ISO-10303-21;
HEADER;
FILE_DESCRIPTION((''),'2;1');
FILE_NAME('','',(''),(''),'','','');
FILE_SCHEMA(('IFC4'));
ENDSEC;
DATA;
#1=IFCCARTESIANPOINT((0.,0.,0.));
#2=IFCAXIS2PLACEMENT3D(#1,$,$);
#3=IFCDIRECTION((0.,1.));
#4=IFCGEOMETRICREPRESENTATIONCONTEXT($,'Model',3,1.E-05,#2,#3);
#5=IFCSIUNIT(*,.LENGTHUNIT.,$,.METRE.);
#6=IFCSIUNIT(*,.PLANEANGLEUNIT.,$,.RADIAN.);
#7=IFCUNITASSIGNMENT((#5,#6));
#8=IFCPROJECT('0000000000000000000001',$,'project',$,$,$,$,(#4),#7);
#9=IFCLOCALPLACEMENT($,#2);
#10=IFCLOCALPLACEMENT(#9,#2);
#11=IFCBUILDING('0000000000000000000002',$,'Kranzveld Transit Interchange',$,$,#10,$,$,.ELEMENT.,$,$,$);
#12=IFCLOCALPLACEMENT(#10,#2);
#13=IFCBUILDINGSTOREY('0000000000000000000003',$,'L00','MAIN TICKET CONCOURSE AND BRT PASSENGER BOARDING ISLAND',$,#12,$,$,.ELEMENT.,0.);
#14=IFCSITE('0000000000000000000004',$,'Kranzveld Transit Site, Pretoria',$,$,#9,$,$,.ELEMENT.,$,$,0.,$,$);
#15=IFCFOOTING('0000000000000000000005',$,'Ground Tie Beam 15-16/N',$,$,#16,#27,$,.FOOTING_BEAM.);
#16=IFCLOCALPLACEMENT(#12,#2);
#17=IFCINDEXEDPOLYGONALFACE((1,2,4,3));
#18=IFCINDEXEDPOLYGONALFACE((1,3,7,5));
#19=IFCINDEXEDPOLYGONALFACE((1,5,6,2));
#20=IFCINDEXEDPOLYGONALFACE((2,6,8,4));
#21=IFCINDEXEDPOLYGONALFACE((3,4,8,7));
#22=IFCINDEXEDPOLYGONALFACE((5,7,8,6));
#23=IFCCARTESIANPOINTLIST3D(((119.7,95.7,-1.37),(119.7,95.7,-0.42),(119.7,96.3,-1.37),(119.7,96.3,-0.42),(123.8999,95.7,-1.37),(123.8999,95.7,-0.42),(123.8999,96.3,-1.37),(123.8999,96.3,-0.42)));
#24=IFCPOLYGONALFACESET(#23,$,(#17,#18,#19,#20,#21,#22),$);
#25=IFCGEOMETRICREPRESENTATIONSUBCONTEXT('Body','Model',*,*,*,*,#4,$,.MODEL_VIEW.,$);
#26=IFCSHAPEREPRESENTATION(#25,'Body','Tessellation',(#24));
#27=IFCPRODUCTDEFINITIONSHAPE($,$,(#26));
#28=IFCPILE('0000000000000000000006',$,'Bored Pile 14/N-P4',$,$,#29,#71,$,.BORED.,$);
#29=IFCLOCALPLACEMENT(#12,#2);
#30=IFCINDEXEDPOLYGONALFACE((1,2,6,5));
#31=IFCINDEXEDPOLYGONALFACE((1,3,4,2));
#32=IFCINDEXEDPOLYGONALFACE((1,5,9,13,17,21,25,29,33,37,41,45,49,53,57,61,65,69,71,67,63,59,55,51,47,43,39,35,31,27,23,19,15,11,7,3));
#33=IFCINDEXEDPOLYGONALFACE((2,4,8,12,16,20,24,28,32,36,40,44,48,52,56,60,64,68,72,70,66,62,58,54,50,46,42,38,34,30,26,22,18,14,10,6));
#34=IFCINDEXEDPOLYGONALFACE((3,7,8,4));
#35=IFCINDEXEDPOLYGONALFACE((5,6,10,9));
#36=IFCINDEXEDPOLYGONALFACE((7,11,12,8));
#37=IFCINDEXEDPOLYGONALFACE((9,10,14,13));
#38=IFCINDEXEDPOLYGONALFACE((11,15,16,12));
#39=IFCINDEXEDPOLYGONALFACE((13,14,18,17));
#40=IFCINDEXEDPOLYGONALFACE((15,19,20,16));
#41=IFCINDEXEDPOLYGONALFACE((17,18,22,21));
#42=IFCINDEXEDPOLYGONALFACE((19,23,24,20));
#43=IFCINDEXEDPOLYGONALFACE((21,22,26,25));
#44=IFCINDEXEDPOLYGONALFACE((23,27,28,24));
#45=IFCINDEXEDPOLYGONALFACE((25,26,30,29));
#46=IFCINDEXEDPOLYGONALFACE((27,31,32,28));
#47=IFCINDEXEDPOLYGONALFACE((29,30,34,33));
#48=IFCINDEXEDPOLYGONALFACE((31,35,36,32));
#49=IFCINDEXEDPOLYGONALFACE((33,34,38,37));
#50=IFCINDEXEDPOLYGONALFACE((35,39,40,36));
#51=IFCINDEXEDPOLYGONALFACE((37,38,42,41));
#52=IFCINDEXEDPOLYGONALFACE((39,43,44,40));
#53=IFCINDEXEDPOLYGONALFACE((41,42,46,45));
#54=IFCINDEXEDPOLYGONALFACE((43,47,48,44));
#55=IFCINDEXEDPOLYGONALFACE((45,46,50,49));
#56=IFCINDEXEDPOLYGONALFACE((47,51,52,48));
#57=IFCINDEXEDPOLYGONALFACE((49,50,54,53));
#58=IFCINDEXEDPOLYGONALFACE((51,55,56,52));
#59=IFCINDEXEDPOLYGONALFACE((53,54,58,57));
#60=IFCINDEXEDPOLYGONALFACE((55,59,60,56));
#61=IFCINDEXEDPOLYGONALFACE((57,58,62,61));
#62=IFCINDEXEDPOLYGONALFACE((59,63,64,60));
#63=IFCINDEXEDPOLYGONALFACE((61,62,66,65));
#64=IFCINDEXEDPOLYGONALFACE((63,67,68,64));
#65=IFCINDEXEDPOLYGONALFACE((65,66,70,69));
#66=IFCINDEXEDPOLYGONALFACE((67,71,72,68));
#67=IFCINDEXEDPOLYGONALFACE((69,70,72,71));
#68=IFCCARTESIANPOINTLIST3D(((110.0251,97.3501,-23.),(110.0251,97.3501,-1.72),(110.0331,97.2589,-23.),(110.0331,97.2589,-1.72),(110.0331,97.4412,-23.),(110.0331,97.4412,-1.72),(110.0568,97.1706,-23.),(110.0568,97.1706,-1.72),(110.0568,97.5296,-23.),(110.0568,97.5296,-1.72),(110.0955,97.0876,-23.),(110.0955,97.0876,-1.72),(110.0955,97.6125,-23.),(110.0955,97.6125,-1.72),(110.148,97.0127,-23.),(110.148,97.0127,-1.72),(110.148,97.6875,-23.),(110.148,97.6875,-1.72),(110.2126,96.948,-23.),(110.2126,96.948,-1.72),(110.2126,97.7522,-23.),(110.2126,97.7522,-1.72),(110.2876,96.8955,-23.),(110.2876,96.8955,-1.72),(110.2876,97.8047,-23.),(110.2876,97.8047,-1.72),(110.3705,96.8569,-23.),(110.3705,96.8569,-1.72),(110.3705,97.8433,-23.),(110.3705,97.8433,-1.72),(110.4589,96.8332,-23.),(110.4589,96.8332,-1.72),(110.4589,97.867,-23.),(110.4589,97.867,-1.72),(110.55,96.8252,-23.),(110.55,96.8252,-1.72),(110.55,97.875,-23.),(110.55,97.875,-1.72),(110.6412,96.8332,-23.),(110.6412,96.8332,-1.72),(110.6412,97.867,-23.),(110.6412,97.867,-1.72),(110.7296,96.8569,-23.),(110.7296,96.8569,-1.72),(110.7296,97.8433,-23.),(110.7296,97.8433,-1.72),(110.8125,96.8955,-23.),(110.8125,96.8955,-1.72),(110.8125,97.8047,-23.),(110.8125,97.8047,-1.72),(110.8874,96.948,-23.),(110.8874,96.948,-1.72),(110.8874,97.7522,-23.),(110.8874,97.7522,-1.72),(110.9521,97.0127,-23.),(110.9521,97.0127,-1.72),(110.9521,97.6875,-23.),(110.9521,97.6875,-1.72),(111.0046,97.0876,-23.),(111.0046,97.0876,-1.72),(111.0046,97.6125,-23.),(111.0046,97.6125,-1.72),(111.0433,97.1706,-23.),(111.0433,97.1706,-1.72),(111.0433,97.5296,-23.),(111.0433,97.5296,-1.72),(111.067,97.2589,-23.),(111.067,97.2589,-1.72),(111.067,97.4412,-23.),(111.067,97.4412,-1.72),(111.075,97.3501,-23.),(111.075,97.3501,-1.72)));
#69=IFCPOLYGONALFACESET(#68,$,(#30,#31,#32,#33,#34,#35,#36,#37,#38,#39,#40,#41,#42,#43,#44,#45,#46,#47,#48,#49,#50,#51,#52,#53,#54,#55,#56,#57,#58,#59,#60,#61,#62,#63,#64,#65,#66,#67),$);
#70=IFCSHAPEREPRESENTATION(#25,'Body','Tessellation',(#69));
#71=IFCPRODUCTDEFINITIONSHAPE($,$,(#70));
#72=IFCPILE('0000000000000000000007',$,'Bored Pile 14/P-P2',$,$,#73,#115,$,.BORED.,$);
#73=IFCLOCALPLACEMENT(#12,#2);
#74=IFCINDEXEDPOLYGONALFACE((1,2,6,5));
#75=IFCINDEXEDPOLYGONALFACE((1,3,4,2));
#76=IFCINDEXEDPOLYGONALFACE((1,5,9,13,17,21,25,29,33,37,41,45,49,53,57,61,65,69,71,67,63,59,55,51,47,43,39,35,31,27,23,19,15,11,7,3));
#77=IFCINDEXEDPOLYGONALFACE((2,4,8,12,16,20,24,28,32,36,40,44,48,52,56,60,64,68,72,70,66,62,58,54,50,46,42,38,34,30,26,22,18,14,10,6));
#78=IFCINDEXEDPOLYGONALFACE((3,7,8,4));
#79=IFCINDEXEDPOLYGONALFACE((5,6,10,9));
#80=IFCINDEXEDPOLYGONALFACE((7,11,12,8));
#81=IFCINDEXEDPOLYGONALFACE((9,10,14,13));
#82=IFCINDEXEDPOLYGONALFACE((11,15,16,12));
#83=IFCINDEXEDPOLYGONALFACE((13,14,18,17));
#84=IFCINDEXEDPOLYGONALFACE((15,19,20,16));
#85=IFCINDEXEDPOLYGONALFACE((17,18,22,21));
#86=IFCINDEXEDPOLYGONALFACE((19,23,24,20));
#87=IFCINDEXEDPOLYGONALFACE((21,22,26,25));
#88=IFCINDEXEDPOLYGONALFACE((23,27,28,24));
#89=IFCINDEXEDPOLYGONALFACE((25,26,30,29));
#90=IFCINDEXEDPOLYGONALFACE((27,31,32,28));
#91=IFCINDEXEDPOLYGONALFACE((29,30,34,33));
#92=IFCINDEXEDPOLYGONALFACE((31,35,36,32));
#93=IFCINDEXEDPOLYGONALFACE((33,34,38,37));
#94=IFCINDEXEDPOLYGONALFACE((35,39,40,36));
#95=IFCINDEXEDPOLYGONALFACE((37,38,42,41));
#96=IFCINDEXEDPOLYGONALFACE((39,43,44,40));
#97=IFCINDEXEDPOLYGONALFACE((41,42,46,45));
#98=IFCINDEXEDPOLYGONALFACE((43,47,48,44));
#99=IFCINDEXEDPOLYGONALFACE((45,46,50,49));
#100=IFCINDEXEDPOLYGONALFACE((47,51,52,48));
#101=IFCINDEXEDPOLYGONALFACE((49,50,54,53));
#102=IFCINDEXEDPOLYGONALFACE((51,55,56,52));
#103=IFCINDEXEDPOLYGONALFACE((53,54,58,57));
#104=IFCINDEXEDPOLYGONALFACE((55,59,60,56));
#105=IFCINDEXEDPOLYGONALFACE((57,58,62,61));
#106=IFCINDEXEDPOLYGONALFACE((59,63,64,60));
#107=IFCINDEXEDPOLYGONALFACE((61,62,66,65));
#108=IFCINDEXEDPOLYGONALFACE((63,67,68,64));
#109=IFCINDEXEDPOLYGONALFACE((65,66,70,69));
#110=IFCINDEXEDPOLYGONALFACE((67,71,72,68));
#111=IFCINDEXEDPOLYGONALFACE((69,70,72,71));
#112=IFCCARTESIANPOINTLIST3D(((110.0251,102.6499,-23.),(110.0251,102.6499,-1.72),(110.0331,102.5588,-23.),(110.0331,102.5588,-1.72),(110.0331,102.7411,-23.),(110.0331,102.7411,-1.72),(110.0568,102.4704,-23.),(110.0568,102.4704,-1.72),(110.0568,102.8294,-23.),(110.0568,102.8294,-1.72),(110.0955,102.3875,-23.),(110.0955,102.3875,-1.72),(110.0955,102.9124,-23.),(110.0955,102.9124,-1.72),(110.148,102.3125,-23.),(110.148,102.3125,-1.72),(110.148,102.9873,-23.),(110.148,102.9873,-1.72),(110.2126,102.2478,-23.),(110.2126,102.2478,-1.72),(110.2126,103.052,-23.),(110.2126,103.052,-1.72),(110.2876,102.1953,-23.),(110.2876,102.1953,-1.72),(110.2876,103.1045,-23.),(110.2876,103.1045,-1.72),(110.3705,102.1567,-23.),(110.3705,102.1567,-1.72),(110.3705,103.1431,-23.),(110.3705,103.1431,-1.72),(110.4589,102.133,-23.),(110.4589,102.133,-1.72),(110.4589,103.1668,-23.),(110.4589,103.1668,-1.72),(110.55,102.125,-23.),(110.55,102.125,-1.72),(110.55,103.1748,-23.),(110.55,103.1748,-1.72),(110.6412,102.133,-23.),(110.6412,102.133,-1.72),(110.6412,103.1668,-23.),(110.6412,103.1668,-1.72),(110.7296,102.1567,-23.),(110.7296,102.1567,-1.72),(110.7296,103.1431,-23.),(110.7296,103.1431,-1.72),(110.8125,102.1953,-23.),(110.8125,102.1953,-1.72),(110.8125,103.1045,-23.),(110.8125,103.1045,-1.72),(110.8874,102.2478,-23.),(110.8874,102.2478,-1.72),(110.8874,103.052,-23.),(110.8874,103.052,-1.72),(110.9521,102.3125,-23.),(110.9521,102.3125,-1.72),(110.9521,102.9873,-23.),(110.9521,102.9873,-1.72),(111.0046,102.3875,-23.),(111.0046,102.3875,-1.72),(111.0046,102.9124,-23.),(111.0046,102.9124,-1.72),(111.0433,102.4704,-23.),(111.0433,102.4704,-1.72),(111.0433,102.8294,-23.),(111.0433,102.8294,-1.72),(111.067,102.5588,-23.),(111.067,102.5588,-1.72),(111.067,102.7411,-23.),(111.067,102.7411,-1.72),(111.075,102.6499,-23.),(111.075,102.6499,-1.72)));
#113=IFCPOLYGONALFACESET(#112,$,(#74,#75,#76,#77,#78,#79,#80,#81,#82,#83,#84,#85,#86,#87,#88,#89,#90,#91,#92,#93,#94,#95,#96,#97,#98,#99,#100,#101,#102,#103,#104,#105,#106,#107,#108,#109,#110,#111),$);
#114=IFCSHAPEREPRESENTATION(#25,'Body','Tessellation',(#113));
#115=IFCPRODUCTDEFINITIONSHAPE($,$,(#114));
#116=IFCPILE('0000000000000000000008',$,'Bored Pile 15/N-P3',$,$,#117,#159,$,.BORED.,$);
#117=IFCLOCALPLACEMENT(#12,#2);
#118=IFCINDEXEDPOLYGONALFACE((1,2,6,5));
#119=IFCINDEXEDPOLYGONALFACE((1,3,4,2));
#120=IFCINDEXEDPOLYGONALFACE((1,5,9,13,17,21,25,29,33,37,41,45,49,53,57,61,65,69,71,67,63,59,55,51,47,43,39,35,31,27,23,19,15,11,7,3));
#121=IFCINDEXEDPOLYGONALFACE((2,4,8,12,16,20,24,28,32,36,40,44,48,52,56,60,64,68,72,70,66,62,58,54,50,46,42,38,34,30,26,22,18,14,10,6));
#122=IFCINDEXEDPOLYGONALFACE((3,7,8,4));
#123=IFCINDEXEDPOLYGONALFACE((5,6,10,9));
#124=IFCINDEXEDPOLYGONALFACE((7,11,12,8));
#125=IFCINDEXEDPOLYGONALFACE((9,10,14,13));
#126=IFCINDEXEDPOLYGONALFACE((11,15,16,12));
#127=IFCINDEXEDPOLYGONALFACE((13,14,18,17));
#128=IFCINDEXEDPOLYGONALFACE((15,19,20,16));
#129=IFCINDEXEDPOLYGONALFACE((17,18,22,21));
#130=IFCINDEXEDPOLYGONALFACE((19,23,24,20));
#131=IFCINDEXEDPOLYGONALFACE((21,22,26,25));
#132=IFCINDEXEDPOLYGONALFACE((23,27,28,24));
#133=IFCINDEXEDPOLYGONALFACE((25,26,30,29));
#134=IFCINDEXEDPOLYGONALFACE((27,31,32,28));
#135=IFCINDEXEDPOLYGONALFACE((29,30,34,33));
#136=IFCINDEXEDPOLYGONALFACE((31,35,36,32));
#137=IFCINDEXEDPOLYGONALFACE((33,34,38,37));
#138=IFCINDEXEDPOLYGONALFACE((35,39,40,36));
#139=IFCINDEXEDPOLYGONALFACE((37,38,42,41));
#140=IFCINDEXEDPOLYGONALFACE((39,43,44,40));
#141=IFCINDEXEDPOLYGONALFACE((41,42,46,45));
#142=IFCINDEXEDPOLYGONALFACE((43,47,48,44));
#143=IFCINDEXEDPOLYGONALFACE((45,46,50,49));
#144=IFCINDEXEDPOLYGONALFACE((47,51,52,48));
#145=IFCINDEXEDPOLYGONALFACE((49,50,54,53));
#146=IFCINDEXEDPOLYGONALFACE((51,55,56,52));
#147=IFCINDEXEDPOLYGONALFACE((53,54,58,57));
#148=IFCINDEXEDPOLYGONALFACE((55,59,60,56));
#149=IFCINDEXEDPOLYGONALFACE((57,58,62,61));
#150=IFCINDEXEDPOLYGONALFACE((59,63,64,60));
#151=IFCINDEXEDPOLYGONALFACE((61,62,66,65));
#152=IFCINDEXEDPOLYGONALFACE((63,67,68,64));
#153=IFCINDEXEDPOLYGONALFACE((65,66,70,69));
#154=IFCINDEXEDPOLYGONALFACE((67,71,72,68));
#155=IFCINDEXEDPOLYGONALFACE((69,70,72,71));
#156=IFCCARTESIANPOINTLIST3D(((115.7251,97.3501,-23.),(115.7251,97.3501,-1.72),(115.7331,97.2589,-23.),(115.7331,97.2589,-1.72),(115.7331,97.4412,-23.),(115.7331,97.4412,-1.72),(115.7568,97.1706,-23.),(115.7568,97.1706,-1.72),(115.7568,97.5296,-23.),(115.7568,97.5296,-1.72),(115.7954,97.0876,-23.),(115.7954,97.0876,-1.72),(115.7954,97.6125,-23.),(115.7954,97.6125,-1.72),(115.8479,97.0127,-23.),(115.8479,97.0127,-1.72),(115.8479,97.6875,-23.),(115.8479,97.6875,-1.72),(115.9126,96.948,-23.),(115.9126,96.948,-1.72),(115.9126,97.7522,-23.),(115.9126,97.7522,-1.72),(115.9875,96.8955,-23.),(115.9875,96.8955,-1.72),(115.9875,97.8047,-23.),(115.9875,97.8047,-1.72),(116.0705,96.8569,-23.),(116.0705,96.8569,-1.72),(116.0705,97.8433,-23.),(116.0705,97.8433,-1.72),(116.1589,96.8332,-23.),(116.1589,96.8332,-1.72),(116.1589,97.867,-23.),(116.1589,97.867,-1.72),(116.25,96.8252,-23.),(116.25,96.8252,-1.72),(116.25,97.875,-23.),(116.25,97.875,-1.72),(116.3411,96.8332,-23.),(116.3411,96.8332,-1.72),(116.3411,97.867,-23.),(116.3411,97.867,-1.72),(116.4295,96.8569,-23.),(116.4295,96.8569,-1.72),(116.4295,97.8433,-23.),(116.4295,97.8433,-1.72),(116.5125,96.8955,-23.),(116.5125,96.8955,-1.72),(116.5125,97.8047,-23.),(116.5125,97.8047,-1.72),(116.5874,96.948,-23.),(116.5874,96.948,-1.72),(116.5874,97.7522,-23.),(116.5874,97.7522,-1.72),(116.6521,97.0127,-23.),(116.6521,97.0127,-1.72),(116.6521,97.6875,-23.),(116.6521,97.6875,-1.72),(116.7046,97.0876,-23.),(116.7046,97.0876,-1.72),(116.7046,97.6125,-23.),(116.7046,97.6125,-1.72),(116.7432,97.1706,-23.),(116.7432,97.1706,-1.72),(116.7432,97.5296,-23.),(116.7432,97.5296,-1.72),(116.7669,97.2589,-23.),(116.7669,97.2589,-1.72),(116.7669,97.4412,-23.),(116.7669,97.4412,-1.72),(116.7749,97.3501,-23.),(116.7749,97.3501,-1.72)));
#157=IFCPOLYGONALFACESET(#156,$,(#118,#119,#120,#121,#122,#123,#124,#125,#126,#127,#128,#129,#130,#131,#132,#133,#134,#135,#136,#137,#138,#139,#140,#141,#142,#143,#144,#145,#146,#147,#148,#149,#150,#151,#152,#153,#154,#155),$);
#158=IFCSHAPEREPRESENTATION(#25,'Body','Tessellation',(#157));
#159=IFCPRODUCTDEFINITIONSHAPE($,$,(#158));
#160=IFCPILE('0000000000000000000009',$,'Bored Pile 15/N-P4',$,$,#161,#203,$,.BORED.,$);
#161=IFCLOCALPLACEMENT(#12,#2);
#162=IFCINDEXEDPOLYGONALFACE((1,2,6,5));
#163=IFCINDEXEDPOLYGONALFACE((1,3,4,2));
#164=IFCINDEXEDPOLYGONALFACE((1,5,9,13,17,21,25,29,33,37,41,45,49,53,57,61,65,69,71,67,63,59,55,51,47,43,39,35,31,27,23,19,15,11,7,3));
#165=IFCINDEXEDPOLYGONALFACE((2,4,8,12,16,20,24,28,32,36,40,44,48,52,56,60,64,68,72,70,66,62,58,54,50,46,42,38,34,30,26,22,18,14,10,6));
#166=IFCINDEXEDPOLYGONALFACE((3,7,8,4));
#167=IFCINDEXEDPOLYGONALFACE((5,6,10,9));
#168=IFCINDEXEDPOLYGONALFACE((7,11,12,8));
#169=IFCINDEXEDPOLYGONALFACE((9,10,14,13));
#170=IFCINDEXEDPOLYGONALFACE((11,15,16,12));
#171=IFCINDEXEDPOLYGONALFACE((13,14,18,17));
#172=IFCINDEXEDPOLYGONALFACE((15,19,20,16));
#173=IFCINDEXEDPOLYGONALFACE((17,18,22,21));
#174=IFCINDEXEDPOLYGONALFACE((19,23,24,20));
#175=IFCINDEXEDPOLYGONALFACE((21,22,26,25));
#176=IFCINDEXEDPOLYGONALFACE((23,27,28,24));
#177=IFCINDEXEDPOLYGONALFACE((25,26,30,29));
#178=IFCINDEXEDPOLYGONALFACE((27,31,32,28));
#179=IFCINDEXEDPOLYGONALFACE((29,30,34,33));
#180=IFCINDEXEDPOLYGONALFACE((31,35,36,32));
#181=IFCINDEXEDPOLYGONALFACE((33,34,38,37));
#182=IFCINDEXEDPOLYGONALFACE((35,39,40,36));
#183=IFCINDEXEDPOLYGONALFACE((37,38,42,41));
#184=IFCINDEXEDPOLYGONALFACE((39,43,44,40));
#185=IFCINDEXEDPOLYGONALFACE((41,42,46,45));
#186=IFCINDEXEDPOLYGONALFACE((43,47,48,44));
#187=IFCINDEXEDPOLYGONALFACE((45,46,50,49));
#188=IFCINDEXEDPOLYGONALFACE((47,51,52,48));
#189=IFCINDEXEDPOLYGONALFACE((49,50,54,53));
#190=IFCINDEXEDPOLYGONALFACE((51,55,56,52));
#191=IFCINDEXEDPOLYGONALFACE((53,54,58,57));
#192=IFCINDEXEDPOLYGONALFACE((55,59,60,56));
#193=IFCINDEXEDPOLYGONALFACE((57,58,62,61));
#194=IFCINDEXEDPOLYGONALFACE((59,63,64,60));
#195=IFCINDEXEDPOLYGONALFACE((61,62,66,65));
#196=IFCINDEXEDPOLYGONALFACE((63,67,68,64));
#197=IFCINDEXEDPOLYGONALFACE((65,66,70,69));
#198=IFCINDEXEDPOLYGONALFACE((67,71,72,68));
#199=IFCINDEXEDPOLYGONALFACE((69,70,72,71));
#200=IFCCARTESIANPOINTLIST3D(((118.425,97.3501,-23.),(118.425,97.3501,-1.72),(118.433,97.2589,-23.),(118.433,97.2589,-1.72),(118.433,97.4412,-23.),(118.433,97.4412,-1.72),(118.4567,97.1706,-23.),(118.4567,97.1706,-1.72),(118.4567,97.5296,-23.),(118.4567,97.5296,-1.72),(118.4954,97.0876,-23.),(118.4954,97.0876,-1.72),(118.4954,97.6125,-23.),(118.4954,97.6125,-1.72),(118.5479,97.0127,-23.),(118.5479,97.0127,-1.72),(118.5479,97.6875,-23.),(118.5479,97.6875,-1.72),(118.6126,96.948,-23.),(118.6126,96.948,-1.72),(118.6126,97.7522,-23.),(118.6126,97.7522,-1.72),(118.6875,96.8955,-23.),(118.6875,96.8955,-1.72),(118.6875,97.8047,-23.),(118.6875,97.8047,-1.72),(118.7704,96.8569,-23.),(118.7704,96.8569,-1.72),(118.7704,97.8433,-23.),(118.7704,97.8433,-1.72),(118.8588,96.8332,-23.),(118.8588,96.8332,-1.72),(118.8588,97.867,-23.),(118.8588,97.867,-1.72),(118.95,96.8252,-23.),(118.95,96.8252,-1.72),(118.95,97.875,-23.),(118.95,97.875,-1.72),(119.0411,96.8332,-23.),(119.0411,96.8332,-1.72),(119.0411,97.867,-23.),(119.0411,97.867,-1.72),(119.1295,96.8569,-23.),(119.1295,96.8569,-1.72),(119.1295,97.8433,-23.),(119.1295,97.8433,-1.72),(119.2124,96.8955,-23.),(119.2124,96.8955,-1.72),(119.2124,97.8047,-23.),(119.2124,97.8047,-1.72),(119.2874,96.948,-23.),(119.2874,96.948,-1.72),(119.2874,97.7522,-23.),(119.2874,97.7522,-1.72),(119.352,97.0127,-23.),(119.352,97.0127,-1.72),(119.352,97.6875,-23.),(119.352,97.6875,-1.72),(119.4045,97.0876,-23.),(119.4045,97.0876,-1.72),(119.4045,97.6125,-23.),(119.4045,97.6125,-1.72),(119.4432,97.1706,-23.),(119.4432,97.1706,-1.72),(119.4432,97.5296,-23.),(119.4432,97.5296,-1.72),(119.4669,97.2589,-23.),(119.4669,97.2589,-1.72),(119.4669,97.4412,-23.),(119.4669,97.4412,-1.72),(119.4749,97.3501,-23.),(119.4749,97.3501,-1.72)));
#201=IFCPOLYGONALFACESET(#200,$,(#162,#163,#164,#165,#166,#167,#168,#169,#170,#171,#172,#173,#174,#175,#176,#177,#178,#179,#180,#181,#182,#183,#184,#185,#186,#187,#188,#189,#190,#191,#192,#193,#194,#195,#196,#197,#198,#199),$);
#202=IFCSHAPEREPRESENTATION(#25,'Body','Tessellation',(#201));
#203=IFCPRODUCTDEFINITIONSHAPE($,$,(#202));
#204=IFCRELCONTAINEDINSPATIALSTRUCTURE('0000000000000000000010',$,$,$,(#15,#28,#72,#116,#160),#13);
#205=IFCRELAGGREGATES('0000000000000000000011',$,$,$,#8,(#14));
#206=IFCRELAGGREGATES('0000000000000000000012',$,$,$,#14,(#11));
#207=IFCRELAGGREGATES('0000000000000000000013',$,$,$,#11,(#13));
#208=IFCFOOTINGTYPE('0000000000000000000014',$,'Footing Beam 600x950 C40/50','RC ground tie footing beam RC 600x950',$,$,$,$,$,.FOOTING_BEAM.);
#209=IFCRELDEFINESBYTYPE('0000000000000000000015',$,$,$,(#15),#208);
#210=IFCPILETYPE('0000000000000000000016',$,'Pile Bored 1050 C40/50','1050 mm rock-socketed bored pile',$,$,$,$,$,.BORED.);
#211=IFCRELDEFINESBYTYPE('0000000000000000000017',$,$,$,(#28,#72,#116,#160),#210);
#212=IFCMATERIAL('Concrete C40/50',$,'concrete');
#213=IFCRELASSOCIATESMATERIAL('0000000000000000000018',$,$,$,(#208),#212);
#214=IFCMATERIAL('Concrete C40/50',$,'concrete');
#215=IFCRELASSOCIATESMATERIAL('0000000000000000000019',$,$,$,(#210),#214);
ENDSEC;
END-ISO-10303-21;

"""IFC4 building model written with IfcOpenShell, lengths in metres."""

from ifc_helpers import new_model, si_unit, direction, frame, origin, origin_2d, place, context, subcontext, project, spatial, rectangle, circle, extrude, material, material_profile, profile_set, type_object, element, save


model = new_model("IFC4")

# Units and contexts
model_context = context("Model", 3, precision=1e-05, world=origin(), true_north=direction((0.0, 1.0)))
body_context = subcontext(model_context, "Body", "Model", "MODEL_VIEW")
ifc_project = project(units=[si_unit("LENGTHUNIT", "METRE"), si_unit("PLANEANGLEUNIT", "RADIAN")], contexts=[model_context])

# Site, building, storey
site_placement = place(None, origin())
site = spatial("IfcSite", under=ifc_project, at=site_placement, Name="Kranzveld Transit Site, Pretoria", CompositionType="ELEMENT", RefElevation=0.0)
building_placement = place(site_placement, origin())
building = spatial("IfcBuilding", under=site, at=building_placement, Name="Kranzveld Transit Interchange", CompositionType="ELEMENT")
storey_placement = place(building_placement, origin())
storey = spatial("IfcBuildingStorey", under=building, at=storey_placement, Name="L00", Description="MAIN TICKET CONCOURSE AND BRT PASSENGER BOARDING ISLAND", CompositionType="ELEMENT", Elevation=0.0)

# Footing
ifc_material_1 = material(Name="Concrete C40/50", Category="concrete")
ifc_material_profile_1 = material_profile(ifc_material_1, rectangle(XDim=0.6001, YDim=0.95, at=origin_2d()), Name="RC 600x950")
ifc_profile_set_1 = profile_set([ifc_material_profile_1], Name="Concrete C40/50")
footing_type = type_object("IfcFootingType", Name="Footing Beam 600x950 C40/50", Description="RC ground tie footing beam RC 600x950", PredefinedType="FOOTING_BEAM", material=ifc_profile_set_1)
footing_placement = place(storey_placement, frame((119.7, 96.0, -0.895), z_axis=(1.0, 0.0, 0.0), x_axis=(0.0, 1.0, 0.0)))
element("IfcFooting", 1, at=footing_placement, inside=storey, type_object=footing_type, Name="Ground Tie Beam 15-16/N", PredefinedType="FOOTING_BEAM", context=body_context, shape_type="SweptSolid", body=[
    extrude(rectangle(XDim=0.6001, YDim=0.95, at=origin_2d()), origin(), (0.0, 0.0, 1.0), 4.2),
])

# Piles
ifc_material_2 = material(Name="Concrete C40/50", Category="concrete")
ifc_material_profile_2 = material_profile(ifc_material_2, circle(Radius=0.5249, at=origin_2d()), Name="BORED PILE 1050")
ifc_profile_set_2 = profile_set([ifc_material_profile_2], Name="Concrete C40/50")
pile_type = type_object("IfcPileType", Name="Pile Bored 1050 C40/50", Description="1050 mm rock-socketed bored pile", PredefinedType="BORED", material=ifc_profile_set_2)
for number, where, z_axis, x_axis, name in (
    (2, (110.55, 97.3501, -1.72), (0.0, 0.0, -1.0), (1.0, 0.0, 0.0), "Bored Pile 14/N-P4"),
    (3, (110.55, 102.6499, -1.72), (0.0, 0.0, -1.0), (1.0, 0.0, 0.0), "Bored Pile 14/P-P2"),
    (4, (116.25, 97.3501, -1.72), (0.0, 0.0, -1.0), (1.0, 0.0, 0.0), "Bored Pile 15/N-P3"),
    (5, (118.95, 97.3501, -1.72), (0.0, 0.0, -1.0), (1.0, 0.0, 0.0), "Bored Pile 15/N-P4"),
):
    element("IfcPile", number, at=place(storey_placement, frame(where, z_axis=z_axis, x_axis=x_axis)), inside=storey, type_object=pile_type, Name=name, PredefinedType="BORED", context=body_context, shape_type="SweptSolid", body=[
        extrude(circle(Radius=0.5249, at=origin_2d()), origin(), (0.0, 0.0, 1.0), 21.28),
    ])

save(model, "model.ifc")
